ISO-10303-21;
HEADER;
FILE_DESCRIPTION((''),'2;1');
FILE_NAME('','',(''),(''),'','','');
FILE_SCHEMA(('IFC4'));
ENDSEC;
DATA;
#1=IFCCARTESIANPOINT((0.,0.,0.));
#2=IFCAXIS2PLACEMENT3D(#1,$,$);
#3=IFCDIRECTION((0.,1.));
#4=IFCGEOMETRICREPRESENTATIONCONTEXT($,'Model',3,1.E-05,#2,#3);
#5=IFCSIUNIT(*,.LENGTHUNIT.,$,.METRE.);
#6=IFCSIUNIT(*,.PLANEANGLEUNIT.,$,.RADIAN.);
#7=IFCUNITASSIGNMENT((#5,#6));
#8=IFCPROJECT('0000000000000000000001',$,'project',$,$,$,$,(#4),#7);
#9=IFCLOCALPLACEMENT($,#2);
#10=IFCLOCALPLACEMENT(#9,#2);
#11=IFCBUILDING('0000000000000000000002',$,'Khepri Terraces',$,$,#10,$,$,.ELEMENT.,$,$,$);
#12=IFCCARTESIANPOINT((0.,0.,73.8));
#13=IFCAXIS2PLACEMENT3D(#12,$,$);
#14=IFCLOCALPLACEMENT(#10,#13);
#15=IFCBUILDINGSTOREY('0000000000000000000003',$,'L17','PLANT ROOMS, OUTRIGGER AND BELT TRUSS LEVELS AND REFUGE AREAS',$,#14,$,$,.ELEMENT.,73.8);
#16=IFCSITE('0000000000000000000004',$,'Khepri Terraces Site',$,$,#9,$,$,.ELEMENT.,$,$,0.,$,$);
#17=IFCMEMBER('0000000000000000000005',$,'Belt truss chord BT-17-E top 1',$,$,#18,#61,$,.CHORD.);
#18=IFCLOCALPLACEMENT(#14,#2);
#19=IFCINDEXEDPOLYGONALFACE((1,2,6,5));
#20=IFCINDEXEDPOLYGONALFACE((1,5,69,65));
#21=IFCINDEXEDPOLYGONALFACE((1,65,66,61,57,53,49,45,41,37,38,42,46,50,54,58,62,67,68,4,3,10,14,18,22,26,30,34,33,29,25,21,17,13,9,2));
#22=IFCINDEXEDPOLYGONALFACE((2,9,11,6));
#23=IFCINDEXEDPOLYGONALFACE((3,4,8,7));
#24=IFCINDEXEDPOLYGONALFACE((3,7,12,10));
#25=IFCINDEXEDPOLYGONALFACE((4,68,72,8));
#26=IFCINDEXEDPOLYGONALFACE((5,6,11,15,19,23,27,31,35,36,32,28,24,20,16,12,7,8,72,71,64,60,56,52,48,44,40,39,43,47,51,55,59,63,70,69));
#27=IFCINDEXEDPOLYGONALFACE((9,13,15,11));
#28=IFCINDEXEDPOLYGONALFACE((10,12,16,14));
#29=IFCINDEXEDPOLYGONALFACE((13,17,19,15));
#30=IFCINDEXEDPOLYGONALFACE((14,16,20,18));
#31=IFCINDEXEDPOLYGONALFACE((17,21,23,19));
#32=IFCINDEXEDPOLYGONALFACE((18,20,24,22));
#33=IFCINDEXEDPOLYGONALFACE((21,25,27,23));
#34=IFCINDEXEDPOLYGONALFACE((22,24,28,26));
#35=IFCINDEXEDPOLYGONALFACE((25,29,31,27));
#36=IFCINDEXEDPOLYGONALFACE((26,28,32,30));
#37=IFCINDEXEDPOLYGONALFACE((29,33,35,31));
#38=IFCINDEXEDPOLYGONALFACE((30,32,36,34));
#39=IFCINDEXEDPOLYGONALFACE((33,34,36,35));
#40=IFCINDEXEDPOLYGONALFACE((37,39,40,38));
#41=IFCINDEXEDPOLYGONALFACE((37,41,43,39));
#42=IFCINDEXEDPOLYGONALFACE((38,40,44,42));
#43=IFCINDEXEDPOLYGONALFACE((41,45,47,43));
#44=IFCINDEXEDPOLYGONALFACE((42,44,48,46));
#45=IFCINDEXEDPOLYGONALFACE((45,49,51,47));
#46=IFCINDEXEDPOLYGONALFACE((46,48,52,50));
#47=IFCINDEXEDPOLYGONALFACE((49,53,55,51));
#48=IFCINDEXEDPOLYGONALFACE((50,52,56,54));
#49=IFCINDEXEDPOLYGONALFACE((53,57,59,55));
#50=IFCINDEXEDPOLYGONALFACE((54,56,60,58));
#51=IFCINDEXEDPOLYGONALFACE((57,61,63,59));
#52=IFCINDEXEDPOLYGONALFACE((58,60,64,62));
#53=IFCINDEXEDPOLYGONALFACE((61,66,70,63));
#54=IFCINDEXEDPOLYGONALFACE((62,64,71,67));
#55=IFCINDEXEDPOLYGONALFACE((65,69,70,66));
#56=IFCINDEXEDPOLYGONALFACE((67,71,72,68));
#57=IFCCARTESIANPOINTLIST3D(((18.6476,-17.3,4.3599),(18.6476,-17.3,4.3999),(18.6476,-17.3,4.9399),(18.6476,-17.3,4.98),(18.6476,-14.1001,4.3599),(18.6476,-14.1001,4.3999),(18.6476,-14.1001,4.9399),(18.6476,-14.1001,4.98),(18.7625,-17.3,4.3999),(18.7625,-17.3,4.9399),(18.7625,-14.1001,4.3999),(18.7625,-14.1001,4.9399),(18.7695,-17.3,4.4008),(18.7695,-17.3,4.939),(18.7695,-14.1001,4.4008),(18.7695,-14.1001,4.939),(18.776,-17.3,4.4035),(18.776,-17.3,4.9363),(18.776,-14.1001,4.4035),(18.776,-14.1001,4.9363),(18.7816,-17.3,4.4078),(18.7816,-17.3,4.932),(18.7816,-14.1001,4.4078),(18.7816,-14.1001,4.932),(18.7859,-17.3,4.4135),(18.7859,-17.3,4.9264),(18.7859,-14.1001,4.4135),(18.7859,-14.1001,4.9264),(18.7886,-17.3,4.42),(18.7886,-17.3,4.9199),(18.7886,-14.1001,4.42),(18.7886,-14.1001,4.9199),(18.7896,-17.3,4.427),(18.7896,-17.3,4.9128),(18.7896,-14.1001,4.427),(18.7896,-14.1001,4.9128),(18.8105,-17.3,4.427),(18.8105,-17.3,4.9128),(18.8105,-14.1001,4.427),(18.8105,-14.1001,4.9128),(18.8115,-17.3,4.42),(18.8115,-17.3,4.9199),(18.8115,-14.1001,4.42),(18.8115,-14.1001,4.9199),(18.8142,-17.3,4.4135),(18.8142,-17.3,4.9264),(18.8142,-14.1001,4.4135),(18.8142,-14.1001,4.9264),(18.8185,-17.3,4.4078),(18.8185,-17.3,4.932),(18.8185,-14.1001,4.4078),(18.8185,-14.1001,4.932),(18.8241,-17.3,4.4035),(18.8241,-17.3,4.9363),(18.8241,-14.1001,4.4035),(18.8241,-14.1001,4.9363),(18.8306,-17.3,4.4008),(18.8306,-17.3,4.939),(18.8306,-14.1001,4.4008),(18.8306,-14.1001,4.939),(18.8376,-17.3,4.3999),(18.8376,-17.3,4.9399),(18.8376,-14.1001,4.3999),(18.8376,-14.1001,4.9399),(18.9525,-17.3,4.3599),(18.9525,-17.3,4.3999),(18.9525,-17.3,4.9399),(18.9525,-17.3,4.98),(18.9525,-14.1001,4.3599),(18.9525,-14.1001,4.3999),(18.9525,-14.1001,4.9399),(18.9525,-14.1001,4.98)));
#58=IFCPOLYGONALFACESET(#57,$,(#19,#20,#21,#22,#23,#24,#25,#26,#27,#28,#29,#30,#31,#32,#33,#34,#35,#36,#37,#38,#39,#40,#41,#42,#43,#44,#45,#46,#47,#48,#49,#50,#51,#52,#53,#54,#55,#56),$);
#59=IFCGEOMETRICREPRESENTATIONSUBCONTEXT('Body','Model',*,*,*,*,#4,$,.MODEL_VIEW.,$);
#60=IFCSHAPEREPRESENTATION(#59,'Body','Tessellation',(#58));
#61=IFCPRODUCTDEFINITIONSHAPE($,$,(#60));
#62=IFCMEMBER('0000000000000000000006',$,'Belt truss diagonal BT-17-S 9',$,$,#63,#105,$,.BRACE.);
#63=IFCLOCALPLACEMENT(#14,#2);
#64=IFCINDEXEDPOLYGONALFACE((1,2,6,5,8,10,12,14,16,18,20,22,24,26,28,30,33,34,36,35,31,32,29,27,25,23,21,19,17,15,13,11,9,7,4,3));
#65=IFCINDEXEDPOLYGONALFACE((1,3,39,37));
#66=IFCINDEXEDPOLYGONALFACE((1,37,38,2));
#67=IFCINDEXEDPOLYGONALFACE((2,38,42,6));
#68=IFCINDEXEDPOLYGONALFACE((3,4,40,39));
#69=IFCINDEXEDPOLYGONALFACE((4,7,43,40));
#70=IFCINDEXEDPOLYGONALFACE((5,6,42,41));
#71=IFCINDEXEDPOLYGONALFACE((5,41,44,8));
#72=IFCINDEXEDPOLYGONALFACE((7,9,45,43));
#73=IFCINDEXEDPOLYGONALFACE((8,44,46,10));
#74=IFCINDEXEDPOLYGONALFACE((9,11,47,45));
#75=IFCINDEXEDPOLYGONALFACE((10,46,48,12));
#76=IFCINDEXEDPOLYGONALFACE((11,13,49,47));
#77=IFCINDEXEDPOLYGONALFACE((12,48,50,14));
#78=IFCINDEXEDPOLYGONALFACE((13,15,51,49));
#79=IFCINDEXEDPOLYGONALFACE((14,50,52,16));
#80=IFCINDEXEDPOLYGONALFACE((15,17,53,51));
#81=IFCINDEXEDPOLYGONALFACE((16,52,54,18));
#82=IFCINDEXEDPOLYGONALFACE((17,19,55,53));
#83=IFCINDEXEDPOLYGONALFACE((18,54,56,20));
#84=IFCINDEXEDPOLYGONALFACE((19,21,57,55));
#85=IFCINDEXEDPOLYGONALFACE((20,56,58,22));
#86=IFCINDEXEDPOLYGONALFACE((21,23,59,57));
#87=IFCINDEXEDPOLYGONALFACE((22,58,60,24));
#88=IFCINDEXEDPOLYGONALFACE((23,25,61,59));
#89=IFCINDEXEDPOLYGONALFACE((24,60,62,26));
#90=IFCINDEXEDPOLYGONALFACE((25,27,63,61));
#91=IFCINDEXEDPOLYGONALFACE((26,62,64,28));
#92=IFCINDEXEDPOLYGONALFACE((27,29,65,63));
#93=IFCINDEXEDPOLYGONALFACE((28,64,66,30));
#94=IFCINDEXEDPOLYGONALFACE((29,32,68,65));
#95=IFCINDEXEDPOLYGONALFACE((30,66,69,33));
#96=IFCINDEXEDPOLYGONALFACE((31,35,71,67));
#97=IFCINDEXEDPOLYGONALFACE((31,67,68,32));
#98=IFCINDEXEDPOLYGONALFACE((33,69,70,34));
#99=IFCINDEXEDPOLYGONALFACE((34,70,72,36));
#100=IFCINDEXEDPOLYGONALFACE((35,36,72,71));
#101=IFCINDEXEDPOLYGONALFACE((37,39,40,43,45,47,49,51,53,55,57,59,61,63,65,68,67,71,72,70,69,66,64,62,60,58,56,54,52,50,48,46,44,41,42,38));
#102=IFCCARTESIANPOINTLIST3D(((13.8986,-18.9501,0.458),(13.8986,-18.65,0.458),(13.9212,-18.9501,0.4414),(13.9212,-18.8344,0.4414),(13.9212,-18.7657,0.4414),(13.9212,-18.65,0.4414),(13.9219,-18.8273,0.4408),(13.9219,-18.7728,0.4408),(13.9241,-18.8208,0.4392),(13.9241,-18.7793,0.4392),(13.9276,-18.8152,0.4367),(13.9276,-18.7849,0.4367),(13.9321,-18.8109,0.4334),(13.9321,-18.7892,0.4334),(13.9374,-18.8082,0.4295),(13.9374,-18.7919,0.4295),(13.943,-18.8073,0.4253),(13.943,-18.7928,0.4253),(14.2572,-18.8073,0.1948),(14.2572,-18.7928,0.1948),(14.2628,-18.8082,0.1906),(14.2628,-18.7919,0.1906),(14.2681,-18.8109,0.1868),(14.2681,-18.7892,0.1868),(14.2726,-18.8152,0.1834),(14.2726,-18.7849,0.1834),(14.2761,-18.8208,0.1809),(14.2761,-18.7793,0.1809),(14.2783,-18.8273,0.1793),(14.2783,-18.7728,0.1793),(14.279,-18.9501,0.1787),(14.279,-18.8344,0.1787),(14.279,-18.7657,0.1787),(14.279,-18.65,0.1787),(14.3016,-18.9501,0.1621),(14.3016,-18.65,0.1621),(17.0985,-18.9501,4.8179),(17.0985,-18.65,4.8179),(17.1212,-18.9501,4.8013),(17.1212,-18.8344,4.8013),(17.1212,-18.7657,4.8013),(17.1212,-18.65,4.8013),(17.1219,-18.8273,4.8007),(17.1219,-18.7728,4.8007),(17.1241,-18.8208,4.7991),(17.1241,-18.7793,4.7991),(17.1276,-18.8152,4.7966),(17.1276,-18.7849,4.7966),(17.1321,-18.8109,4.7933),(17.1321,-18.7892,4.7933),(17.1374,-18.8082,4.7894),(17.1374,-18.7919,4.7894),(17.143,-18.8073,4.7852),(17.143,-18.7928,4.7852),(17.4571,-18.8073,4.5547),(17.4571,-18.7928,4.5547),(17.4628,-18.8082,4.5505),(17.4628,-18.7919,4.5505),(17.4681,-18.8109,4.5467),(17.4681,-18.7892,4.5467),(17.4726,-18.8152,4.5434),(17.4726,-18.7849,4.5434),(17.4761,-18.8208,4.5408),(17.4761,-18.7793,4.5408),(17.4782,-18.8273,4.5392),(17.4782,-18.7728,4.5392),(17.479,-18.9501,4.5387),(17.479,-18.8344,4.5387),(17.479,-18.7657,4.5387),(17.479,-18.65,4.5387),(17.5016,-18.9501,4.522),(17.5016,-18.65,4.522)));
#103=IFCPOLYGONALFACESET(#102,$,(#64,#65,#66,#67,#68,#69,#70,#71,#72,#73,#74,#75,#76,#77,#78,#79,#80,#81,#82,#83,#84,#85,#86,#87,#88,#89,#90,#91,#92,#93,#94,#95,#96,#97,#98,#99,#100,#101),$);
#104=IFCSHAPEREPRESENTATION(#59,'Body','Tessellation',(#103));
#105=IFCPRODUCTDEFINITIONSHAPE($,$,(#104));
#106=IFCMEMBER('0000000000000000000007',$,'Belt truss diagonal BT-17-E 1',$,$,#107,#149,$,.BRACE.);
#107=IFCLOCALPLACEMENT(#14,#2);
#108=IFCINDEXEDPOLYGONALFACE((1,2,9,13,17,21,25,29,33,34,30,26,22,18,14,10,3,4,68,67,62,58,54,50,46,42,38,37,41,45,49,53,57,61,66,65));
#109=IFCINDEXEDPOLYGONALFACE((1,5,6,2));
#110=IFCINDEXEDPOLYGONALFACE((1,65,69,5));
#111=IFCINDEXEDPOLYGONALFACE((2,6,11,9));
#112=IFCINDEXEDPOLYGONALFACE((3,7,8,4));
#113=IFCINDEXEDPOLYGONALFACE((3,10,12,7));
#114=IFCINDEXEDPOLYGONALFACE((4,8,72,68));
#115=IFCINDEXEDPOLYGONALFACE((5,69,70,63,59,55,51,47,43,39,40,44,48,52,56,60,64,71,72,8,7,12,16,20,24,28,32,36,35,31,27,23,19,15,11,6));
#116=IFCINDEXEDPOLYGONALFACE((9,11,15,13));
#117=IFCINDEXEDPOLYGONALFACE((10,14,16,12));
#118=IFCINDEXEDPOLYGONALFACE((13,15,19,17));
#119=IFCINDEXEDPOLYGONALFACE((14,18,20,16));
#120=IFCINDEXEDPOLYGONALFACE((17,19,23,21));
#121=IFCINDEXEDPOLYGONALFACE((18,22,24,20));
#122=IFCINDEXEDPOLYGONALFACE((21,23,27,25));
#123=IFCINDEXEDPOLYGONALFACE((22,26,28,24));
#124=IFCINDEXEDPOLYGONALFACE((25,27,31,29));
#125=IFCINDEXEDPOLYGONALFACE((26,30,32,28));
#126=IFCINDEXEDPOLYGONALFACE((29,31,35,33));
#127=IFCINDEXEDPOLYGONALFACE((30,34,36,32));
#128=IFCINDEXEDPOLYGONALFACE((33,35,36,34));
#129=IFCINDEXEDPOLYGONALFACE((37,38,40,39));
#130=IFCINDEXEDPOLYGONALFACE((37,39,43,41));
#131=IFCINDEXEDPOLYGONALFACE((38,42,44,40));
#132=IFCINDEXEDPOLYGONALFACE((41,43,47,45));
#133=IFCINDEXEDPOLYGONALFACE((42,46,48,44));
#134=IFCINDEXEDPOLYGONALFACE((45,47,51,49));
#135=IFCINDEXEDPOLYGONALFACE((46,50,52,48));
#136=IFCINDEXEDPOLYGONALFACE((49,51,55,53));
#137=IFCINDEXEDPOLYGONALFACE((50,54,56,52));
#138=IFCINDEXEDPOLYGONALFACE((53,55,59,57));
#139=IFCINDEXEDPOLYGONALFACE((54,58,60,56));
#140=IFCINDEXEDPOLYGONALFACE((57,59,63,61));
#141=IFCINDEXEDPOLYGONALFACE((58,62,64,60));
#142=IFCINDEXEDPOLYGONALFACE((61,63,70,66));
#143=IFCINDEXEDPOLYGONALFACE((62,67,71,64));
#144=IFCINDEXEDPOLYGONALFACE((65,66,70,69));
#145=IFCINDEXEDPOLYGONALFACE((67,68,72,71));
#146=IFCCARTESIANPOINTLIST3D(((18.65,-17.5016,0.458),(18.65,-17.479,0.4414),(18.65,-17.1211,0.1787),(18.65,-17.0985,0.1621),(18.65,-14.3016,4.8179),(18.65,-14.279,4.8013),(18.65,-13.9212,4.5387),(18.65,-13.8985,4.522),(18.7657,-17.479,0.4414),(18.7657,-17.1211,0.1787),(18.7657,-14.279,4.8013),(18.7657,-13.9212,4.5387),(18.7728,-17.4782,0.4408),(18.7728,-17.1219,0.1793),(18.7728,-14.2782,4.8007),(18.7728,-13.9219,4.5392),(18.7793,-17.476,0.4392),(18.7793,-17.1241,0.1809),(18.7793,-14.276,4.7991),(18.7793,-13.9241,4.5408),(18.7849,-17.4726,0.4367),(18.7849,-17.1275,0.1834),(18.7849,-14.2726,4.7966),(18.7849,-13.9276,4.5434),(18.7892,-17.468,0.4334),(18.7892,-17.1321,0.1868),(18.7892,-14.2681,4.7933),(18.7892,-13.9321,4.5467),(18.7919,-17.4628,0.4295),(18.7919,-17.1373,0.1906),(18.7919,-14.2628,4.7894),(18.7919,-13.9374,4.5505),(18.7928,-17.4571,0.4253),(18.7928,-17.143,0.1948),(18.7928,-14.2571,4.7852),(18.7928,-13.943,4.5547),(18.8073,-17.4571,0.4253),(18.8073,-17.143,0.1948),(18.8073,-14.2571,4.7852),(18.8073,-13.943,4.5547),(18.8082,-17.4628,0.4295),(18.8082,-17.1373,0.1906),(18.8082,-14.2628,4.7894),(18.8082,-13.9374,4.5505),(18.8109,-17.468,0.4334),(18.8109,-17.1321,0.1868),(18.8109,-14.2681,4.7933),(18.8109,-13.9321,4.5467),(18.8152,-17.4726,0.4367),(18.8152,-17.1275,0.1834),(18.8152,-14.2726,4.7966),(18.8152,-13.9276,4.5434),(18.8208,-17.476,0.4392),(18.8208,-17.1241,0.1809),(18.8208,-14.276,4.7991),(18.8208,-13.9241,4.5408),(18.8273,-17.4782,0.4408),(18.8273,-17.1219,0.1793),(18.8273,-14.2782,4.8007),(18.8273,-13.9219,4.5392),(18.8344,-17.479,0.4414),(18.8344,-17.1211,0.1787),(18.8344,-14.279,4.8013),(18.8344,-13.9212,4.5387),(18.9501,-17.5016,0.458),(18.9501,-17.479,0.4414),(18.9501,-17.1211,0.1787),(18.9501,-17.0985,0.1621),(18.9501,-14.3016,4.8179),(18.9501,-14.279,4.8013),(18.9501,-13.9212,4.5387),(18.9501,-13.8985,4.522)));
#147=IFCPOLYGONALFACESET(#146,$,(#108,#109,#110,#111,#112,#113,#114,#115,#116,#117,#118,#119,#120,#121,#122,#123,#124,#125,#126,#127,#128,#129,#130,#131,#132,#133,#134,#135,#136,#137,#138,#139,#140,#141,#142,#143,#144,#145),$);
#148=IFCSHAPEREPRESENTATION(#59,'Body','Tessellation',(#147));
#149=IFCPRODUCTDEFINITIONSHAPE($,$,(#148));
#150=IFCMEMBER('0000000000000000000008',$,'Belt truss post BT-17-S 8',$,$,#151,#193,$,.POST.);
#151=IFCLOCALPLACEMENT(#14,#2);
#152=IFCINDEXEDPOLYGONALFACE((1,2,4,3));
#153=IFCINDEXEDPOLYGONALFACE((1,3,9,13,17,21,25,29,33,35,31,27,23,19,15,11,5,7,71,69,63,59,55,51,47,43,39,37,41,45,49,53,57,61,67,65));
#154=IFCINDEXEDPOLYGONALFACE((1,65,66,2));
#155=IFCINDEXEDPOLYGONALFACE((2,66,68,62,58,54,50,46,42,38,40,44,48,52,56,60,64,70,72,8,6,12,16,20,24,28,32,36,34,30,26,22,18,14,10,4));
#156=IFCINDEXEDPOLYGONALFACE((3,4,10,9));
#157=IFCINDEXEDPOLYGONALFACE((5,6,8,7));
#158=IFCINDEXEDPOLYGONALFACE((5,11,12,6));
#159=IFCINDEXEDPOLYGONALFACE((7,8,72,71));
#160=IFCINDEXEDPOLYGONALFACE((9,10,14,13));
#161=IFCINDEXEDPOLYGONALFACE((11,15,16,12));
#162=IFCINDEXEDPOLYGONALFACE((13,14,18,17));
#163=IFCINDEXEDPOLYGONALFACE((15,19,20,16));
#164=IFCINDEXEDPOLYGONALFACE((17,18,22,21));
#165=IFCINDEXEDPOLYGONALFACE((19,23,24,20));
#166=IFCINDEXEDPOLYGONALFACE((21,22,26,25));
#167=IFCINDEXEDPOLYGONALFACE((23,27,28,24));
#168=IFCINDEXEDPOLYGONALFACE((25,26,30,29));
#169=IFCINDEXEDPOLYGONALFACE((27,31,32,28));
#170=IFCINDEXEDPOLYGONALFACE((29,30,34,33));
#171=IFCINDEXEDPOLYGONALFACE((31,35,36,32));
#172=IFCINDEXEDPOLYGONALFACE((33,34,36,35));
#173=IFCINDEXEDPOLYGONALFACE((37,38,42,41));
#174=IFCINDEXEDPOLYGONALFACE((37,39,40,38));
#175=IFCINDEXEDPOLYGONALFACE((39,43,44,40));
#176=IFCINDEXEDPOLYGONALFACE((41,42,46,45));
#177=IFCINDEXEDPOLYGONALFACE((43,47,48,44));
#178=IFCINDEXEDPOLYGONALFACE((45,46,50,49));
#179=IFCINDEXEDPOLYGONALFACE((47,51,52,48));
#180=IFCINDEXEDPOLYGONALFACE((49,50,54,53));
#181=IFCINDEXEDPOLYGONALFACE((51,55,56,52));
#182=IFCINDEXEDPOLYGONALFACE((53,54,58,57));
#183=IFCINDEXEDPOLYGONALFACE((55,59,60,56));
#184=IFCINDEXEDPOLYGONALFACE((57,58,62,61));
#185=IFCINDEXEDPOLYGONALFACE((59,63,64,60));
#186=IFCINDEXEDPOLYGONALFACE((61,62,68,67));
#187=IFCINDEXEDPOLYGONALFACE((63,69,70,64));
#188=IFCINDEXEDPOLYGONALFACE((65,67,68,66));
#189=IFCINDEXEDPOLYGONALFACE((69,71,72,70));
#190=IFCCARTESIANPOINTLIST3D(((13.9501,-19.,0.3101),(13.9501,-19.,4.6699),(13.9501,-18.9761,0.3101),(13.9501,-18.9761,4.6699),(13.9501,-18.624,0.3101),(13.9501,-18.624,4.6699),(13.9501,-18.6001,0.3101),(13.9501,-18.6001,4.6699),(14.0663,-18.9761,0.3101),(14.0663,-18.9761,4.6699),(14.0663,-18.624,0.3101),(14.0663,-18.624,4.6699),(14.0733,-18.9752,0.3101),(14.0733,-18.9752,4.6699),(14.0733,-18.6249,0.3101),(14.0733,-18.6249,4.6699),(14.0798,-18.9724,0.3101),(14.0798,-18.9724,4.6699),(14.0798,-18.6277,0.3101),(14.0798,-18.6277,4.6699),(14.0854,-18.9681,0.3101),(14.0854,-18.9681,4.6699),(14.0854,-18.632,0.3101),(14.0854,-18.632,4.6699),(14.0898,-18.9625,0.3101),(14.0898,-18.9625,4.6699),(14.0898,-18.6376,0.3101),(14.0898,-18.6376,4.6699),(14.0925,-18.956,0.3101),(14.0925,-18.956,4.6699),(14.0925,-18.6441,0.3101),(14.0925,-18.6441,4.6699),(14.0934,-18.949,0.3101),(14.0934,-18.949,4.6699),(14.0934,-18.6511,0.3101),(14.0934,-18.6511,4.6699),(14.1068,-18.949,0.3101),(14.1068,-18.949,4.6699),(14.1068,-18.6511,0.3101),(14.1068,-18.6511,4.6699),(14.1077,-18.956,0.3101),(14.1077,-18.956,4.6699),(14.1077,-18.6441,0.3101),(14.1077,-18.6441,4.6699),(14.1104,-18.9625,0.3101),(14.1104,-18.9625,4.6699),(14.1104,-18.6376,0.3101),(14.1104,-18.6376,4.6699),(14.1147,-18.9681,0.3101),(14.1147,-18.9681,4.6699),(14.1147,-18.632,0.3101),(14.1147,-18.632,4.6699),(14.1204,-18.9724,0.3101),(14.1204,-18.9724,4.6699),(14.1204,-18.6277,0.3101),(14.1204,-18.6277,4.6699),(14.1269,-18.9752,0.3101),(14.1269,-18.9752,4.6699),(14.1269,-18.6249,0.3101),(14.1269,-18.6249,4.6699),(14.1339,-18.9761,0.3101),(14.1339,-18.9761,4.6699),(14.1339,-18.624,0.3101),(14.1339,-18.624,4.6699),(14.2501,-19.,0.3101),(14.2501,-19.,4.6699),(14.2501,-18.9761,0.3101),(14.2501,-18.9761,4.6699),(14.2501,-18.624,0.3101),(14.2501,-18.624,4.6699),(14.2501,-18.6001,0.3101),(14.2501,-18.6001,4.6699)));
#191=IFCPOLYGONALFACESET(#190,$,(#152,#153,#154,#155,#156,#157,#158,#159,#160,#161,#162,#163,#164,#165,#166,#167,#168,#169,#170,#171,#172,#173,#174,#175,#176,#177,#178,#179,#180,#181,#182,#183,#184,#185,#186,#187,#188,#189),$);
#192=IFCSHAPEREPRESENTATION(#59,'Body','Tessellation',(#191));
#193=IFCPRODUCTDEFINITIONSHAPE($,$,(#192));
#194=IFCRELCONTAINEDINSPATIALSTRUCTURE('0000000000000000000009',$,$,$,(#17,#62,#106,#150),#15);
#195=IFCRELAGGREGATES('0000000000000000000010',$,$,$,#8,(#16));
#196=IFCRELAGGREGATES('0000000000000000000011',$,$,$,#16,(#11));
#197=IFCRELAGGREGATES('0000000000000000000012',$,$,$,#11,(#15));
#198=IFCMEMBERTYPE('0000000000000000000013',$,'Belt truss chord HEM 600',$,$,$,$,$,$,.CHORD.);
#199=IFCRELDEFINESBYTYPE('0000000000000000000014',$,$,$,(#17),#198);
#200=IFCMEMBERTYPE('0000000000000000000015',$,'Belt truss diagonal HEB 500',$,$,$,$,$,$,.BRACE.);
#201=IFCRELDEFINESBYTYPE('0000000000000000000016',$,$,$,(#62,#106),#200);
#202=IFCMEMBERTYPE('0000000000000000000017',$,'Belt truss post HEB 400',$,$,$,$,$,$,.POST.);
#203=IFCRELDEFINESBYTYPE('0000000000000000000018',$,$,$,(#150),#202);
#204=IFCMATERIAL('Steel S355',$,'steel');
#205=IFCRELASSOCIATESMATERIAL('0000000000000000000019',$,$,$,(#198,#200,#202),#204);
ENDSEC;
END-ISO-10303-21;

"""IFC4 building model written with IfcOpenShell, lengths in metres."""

from ifc_helpers import new_model, si_unit, direction, frame, origin, origin_2d, place, context, subcontext, project, spatial, i_section, extrude, material, material_profile, profile_set, type_object, element, save


model = new_model("IFC4")

# Units and contexts
model_context = context("Model", 3, precision=1e-05, world=origin(), true_north=direction((0.0, 1.0)))
body_context = subcontext(model_context, "Body", "Model", "MODEL_VIEW")
ifc_project = project(units=[si_unit("LENGTHUNIT", "METRE"), si_unit("PLANEANGLEUNIT", "RADIAN")], contexts=[model_context])

# Site, building, storey
site_placement = place(None, origin())
site = spatial("IfcSite", under=ifc_project, at=site_placement, Name="Khepri Terraces Site", CompositionType="ELEMENT", RefElevation=0.0)
building_placement = place(site_placement, origin())
building = spatial("IfcBuilding", under=site, at=building_placement, Name="Khepri Terraces", CompositionType="ELEMENT")
storey_placement = place(building_placement, frame((0.0, 0.0, 73.8)))
storey = spatial("IfcBuildingStorey", under=building, at=storey_placement, Name="L17", Description="PLANT ROOMS, OUTRIGGER AND BELT TRUSS LEVELS AND REFUGE AREAS", CompositionType="ELEMENT", Elevation=73.8)

# Members
ifc_material_1 = material(Name="Steel S355", Category="steel")
ifc_material_profile_1 = material_profile(ifc_material_1, i_section(OverallWidth=0.3049, OverallDepth=0.6201, WebThickness=0.021, FlangeThickness=0.04, FilletRadius=0.0271, at=origin_2d()), Name="Steel S355", Category="steel")
ifc_profile_set_1 = profile_set([ifc_material_profile_1], Name="Steel S355")
member_type_1 = type_object("IfcMemberType", Name="Belt truss chord HEM 600", PredefinedType="CHORD", material=ifc_profile_set_1)
for number, where, z_axis, x_axis, name in (
    (1, (18.8, -17.3, 4.6699), (0.0, 1.0, 0.0), (-1.0, 0.0, 0.0), "Belt truss chord BT-17-E top 1"),
):
    element("IfcMember", number, at=place(storey_placement, frame(where, z_axis=z_axis, x_axis=x_axis)), inside=storey, type_object=member_type_1, Name=name, PredefinedType="CHORD", context=body_context, shape_type="SweptSolid", body=[
        extrude(i_section(OverallWidth=0.3049, OverallDepth=0.6201, WebThickness=0.021, FlangeThickness=0.04, FilletRadius=0.0271, at=origin_2d()), origin(), (0.0, 0.0, 1.0), 3.2),
    ])
ifc_material_profile_2 = material_profile(ifc_material_1, i_section(OverallWidth=0.3, OverallDepth=0.5, WebThickness=0.0144, FlangeThickness=0.0281, FilletRadius=0.0271, at=origin_2d()), Name="Steel S355", Category="steel")
ifc_profile_set_2 = profile_set([ifc_material_profile_2], Name="Steel S355")
member_type_2 = type_object("IfcMemberType", Name="Belt truss diagonal HEB 500", PredefinedType="BRACE", material=ifc_profile_set_2)
for number, where, z_axis, x_axis, name in (
    (2, (14.1001, -18.8, 0.3101), (0.59169, 0.0, 0.806165), (0.0, 1.0, 0.0), "Belt truss diagonal BT-17-S 9"),
    (3, (18.8, -17.3, 0.3101), (0.0, 0.59169, 0.806165), (-1.0, 0.0, 0.0), "Belt truss diagonal BT-17-E 1"),
):
    element("IfcMember", number, at=place(storey_placement, frame(where, z_axis=z_axis, x_axis=x_axis)), inside=storey, type_object=member_type_2, Name=name, PredefinedType="BRACE", context=body_context, shape_type="SweptSolid", body=[
        extrude(i_section(OverallWidth=0.3, OverallDepth=0.5, WebThickness=0.0144, FlangeThickness=0.0281, FilletRadius=0.0271, at=origin_2d()), origin(), (0.0, 0.0, 1.0), 5.4082),
    ])
ifc_material_profile_3 = material_profile(ifc_material_1, i_section(OverallWidth=0.3, OverallDepth=0.3999, WebThickness=0.0134, FlangeThickness=0.0239, FilletRadius=0.0271, at=origin_2d()), Name="Steel S355", Category="steel")
ifc_profile_set_3 = profile_set([ifc_material_profile_3], Name="Steel S355")
member_type_3 = type_object("IfcMemberType", Name="Belt truss post HEB 400", PredefinedType="POST", material=ifc_profile_set_3)
member_1_placement = place(storey_placement, frame((14.1001, -18.8, 0.3101), z_axis=(0.0, 0.0, 1.0), x_axis=(1.0, 0.0, 0.0)))
element("IfcMember", 4, at=member_1_placement, inside=storey, type_object=member_type_3, Name="Belt truss post BT-17-S 8", PredefinedType="POST", context=body_context, shape_type="SweptSolid", body=[
    extrude(i_section(OverallWidth=0.3, OverallDepth=0.3999, WebThickness=0.0134, FlangeThickness=0.0239, FilletRadius=0.0271, at=origin_2d()), origin(), (0.0, 0.0, 1.0), 4.3599),
])

save(model, "model.ifc")
